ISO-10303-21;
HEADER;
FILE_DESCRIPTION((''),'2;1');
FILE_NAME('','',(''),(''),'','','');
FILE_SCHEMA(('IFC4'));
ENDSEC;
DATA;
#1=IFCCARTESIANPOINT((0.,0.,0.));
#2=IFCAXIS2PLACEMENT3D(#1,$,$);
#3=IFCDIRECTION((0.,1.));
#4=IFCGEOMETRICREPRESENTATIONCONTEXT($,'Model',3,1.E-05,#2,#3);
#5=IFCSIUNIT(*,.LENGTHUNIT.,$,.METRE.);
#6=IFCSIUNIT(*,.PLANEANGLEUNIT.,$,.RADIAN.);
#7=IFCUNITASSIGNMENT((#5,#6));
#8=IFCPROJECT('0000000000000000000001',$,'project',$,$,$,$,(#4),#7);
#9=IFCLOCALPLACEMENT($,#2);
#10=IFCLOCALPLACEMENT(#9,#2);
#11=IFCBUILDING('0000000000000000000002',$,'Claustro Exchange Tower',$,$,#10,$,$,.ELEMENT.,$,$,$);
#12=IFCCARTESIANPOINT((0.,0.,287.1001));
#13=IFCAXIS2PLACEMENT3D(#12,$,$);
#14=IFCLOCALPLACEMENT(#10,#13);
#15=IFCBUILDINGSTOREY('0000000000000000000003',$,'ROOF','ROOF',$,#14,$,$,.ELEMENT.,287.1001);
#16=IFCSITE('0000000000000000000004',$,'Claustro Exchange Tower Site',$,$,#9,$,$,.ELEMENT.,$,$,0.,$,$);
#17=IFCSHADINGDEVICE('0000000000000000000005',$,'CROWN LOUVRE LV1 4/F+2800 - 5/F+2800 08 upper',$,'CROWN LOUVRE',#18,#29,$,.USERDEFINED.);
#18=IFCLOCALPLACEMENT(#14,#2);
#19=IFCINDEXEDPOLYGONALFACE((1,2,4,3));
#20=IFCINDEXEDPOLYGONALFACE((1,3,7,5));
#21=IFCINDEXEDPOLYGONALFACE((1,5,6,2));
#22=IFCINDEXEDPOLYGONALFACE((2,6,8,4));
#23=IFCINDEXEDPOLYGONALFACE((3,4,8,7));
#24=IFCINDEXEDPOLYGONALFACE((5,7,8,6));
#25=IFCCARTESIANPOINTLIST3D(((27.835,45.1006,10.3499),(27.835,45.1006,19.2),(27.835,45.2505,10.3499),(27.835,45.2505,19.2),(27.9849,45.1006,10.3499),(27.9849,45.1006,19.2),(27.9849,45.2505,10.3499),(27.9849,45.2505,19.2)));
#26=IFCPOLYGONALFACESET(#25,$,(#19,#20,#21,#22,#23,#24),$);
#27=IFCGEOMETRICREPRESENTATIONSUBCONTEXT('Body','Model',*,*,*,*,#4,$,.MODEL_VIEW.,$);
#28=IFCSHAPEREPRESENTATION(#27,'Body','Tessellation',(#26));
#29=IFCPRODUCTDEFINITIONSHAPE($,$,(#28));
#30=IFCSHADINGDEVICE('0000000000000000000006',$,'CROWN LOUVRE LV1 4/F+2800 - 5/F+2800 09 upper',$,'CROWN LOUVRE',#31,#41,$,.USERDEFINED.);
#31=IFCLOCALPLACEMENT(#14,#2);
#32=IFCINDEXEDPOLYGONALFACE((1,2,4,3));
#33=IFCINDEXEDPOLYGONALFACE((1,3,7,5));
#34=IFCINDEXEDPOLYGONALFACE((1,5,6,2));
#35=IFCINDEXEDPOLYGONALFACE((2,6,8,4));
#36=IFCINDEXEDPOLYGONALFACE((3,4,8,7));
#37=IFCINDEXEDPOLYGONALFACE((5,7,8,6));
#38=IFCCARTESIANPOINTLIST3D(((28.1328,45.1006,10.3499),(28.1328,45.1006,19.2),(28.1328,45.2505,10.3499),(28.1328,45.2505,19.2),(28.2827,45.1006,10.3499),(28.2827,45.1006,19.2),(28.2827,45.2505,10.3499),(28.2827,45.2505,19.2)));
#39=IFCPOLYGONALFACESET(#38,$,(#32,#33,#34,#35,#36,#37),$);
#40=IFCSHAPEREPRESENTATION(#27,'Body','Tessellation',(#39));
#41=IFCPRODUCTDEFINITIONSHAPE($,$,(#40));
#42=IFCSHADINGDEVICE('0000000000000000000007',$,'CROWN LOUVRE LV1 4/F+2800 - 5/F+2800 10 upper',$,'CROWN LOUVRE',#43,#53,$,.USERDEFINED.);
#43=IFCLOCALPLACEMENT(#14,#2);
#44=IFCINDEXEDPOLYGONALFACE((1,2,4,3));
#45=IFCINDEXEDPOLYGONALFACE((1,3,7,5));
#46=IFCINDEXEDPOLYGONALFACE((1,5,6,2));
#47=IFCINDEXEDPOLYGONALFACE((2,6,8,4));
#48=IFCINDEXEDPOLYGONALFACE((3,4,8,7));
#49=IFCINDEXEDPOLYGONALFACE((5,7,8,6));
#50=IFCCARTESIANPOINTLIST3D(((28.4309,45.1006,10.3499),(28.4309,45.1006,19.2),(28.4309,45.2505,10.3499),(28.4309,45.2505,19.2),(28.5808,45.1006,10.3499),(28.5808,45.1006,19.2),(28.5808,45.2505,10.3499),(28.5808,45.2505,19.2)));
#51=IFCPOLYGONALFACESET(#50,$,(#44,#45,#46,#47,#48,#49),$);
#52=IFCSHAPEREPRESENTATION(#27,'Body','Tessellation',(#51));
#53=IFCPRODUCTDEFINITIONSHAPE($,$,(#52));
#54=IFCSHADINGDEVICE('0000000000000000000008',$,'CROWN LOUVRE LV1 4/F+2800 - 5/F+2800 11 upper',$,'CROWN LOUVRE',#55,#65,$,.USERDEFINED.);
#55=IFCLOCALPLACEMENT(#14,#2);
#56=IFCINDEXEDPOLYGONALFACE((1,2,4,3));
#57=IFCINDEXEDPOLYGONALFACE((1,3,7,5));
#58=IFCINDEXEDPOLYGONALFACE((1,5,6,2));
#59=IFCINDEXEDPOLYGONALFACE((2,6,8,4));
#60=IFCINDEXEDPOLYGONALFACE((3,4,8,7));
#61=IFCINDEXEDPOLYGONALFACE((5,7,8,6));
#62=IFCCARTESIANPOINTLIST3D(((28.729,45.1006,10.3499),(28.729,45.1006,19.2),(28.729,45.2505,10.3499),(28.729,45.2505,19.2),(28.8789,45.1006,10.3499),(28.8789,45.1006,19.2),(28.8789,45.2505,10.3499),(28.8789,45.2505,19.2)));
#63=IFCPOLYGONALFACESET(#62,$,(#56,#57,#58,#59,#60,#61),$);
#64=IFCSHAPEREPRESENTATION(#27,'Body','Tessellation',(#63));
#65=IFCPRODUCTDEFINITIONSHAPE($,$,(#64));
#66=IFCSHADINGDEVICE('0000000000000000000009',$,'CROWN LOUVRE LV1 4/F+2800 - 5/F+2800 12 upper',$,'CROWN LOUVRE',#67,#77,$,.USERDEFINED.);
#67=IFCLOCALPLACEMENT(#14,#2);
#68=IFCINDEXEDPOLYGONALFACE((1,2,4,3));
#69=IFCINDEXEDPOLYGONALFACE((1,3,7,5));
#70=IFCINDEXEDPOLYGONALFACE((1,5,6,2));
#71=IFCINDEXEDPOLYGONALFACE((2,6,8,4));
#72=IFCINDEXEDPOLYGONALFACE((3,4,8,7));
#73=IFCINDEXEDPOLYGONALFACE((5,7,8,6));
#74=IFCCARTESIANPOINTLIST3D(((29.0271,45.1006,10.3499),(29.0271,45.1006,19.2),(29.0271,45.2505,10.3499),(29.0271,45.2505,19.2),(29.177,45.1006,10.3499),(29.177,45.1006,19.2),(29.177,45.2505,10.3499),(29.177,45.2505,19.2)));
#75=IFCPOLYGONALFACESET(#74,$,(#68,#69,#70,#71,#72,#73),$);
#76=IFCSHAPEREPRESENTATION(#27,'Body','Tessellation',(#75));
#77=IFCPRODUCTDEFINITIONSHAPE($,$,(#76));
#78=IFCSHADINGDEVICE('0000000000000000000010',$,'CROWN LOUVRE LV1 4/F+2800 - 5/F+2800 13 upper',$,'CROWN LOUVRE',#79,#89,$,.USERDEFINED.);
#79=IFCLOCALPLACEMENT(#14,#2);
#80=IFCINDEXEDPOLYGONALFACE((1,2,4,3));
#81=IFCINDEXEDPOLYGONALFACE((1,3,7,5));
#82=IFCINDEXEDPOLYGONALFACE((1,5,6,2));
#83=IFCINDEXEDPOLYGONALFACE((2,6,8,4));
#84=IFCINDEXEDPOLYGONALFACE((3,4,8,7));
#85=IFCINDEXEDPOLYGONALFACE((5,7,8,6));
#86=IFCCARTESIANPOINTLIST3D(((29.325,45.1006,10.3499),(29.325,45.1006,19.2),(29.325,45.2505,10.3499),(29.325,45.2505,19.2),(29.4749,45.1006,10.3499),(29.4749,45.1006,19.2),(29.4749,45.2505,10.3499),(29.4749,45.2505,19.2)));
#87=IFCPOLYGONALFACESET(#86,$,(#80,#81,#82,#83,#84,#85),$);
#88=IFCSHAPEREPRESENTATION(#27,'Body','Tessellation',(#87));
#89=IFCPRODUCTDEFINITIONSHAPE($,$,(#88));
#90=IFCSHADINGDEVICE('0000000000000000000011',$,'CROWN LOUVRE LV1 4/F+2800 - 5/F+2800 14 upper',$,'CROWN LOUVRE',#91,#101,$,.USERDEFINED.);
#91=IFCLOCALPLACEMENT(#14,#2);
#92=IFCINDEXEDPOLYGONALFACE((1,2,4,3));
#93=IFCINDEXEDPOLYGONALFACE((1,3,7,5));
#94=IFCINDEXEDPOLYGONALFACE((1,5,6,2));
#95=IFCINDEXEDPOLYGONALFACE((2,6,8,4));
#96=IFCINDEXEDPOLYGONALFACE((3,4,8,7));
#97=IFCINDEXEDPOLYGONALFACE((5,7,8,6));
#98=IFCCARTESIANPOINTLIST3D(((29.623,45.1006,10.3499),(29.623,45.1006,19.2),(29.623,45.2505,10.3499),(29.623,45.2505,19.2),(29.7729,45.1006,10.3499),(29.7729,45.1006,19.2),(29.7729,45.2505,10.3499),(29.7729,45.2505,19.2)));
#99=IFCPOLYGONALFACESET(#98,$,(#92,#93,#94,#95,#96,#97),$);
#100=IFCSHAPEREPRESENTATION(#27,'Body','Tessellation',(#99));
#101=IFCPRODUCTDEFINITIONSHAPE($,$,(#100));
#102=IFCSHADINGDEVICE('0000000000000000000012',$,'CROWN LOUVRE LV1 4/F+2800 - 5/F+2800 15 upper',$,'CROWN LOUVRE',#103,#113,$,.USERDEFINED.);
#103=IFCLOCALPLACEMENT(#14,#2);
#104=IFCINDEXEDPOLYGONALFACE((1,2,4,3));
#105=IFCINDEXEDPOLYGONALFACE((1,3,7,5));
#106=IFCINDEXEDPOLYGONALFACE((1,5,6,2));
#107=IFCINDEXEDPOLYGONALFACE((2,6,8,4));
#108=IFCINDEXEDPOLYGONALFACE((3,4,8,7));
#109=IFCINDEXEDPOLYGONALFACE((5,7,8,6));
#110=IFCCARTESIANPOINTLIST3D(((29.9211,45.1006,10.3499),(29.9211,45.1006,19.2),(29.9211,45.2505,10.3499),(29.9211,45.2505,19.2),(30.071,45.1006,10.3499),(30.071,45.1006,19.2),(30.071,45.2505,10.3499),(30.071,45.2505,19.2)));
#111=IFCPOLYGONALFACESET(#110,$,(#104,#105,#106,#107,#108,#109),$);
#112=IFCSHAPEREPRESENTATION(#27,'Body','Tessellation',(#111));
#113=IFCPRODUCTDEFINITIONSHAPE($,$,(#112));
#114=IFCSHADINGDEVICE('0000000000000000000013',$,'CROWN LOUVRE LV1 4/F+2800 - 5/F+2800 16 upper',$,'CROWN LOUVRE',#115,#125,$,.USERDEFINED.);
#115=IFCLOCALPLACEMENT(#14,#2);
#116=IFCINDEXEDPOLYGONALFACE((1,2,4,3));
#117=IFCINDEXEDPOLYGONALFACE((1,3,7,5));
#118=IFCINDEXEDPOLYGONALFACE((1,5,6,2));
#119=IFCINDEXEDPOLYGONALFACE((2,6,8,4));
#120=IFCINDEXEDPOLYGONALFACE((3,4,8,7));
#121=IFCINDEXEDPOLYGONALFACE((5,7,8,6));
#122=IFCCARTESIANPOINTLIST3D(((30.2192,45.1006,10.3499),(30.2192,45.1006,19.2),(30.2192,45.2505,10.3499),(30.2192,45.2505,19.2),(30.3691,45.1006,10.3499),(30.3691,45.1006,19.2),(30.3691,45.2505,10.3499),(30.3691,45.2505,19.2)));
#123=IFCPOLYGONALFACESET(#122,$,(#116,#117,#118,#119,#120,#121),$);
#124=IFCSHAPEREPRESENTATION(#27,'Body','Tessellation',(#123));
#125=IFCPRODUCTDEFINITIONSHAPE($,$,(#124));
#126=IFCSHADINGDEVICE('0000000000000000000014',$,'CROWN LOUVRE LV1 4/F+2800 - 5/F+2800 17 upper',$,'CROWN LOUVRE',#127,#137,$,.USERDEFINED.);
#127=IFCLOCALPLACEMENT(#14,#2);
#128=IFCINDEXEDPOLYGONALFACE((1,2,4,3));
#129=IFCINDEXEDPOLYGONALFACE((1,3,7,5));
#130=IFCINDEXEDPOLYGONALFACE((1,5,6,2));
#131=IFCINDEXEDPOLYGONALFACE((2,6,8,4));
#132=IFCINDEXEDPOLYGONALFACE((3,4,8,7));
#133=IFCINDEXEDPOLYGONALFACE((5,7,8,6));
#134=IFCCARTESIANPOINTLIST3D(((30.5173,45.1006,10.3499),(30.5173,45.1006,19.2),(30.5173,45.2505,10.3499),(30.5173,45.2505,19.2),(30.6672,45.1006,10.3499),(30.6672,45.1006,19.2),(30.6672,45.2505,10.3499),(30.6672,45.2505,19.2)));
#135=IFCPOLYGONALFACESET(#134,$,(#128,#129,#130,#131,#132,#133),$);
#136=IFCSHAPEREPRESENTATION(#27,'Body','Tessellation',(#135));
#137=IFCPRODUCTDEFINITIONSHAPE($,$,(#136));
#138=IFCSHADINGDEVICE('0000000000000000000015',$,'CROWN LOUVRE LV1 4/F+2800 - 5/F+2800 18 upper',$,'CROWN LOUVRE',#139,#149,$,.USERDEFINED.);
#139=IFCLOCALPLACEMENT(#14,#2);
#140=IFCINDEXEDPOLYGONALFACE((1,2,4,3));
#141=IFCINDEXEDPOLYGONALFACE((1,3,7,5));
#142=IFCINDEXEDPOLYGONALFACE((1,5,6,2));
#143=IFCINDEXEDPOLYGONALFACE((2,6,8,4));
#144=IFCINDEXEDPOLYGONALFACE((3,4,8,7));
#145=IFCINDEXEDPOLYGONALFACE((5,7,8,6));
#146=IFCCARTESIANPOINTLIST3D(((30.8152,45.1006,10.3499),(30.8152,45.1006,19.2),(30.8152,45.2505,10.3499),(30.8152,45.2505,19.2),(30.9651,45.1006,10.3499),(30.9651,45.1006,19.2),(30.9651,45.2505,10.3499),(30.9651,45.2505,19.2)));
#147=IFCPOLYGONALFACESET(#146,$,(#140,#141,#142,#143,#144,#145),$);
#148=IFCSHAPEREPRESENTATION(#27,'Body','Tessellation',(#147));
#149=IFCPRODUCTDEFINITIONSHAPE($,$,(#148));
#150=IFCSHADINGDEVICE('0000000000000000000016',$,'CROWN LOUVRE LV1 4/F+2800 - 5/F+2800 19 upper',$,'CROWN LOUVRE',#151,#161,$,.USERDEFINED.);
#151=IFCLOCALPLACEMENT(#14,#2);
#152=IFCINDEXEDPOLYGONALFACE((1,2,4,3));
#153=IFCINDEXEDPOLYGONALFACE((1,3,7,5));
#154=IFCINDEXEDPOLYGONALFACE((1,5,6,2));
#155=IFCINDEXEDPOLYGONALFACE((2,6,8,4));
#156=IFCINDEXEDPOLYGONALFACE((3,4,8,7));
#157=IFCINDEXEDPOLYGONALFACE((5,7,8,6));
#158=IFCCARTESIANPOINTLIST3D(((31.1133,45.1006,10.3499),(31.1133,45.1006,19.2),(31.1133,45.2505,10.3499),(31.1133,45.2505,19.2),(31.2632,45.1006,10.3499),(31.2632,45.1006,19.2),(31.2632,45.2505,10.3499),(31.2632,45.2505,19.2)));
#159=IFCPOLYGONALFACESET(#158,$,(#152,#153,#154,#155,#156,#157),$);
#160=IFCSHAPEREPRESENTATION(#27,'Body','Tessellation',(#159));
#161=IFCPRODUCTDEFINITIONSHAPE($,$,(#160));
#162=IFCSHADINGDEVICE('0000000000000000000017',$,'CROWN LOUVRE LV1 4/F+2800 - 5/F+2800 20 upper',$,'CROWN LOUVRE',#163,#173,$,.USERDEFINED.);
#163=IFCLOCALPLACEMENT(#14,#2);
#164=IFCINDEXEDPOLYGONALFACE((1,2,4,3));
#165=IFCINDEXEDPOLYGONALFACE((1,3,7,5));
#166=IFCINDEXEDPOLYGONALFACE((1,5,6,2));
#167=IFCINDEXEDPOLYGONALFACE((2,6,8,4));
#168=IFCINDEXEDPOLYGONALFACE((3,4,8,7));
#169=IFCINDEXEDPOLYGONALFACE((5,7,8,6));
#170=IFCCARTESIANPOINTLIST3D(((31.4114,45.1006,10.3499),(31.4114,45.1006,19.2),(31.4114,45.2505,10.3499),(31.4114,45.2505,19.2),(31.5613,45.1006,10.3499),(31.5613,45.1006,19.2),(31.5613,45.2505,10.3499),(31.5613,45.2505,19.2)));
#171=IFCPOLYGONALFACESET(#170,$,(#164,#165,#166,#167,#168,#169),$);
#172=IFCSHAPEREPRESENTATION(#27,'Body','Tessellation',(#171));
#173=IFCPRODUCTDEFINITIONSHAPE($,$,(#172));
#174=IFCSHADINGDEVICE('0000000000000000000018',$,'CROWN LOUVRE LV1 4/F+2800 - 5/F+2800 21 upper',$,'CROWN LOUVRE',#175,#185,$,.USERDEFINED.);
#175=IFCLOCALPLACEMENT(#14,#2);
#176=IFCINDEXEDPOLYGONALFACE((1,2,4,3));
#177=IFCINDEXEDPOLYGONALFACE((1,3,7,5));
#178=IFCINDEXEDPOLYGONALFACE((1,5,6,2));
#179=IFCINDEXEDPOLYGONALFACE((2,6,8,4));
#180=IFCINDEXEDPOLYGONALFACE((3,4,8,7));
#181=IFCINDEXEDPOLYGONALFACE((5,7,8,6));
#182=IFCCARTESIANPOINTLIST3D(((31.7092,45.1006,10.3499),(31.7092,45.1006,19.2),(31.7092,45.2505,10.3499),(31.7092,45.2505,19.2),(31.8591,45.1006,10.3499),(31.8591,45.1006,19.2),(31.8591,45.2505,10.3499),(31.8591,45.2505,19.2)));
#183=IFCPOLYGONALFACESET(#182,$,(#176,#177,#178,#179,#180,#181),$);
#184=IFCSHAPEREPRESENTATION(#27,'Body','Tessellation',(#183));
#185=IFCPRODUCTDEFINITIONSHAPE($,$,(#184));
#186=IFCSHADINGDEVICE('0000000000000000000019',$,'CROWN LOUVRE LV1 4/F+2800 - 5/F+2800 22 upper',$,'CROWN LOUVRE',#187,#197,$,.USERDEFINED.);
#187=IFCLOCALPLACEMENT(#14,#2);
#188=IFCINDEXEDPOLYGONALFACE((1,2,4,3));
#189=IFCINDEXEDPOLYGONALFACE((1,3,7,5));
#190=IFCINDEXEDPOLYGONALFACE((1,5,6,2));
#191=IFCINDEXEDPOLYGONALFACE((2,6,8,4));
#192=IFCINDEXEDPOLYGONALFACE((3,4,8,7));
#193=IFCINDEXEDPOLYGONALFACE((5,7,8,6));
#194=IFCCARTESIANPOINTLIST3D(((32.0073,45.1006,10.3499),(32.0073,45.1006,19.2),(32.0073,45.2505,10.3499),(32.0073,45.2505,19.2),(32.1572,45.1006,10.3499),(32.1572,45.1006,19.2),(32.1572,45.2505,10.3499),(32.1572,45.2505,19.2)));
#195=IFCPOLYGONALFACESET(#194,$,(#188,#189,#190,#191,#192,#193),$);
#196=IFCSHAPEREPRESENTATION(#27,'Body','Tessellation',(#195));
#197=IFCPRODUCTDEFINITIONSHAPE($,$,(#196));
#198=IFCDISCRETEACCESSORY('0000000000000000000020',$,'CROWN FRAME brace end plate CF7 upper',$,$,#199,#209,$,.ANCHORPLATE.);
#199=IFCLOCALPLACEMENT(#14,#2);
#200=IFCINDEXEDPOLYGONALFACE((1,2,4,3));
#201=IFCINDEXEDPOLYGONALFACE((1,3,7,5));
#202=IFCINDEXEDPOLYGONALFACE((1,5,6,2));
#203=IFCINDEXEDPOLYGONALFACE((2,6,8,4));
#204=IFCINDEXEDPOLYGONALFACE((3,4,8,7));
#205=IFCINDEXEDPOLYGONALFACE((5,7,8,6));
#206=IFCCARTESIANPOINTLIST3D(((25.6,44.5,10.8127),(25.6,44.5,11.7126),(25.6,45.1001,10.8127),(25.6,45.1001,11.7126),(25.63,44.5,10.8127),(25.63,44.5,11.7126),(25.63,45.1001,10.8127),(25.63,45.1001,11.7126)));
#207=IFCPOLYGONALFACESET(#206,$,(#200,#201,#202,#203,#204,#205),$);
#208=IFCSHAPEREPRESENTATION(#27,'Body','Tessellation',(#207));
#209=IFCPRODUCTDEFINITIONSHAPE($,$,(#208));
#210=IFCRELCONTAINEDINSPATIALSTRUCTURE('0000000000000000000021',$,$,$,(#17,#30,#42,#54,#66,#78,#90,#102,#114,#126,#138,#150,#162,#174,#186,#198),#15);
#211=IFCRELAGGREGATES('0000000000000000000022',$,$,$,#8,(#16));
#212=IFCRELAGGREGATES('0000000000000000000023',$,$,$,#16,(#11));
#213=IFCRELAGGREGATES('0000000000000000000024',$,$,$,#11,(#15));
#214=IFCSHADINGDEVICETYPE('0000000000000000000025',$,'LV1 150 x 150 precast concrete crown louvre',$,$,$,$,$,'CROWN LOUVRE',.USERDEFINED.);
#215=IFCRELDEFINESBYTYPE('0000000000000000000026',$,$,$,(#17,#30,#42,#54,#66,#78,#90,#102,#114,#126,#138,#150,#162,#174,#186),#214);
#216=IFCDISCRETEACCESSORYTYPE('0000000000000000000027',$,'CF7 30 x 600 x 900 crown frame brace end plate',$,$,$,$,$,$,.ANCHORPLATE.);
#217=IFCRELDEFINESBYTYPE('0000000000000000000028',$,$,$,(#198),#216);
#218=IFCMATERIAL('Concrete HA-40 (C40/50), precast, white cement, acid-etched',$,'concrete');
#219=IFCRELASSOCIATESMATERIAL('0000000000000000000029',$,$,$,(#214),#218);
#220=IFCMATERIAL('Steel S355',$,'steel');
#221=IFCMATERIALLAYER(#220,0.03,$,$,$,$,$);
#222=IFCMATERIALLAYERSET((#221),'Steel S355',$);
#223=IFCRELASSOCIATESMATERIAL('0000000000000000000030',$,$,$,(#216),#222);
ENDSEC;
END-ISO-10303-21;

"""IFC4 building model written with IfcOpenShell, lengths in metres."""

from ifc_helpers import new_model, si_unit, direction, frame, origin, origin_2d, place, context, subcontext, project, spatial, rectangle, extrude, material, layer, layer_set, type_object, element, save


model = new_model("IFC4")

# Units and contexts
model_context = context("Model", 3, precision=1e-05, world=origin(), true_north=direction((0.0, 1.0)))
body_context = subcontext(model_context, "Body", "Model", "MODEL_VIEW")
ifc_project = project(units=[si_unit("LENGTHUNIT", "METRE"), si_unit("PLANEANGLEUNIT", "RADIAN")], contexts=[model_context])

# Site, building, storey
site_placement = place(None, origin())
site = spatial("IfcSite", under=ifc_project, at=site_placement, Name="Claustro Exchange Tower Site", CompositionType="ELEMENT", RefElevation=0.0)
building_placement = place(site_placement, origin())
building = spatial("IfcBuilding", under=site, at=building_placement, Name="Claustro Exchange Tower", CompositionType="ELEMENT")
storey_placement = place(building_placement, frame((0.0, 0.0, 287.1001)))
storey = spatial("IfcBuildingStorey", under=building, at=storey_placement, Name="ROOF", Description="ROOF", CompositionType="ELEMENT", Elevation=287.1001)

# Shading devices
ifc_material_1 = material(Name="Concrete HA-40 (C40/50), precast, white cement, acid-etched", Category="concrete")
shading_device_type = type_object("IfcShadingDeviceType", Name="LV1 150 x 150 precast concrete crown louvre", ElementType="CROWN LOUVRE", PredefinedType="USERDEFINED", material=ifc_material_1)
for number, where, z_axis, x_axis, name in (
    (1, (27.9099, 45.1755, 10.3499), (0.0, 0.0, 1.0), (1.0, 0.0, 0.0), "CROWN LOUVRE LV1 4/F+2800 - 5/F+2800 08 upper"),
    (2, (28.2078, 45.1755, 10.3499), (0.0, 0.0, 1.0), (1.0, 0.0, 0.0), "CROWN LOUVRE LV1 4/F+2800 - 5/F+2800 09 upper"),
    (3, (28.5059, 45.1755, 10.3499), (0.0, 0.0, 1.0), (1.0, 0.0, 0.0), "CROWN LOUVRE LV1 4/F+2800 - 5/F+2800 10 upper"),
    (4, (28.804, 45.1755, 10.3499), (0.0, 0.0, 1.0), (1.0, 0.0, 0.0), "CROWN LOUVRE LV1 4/F+2800 - 5/F+2800 11 upper"),
    (5, (29.1021, 45.1755, 10.3499), (0.0, 0.0, 1.0), (1.0, 0.0, 0.0), "CROWN LOUVRE LV1 4/F+2800 - 5/F+2800 12 upper"),
    (6, (29.3999, 45.1755, 10.3499), (0.0, 0.0, 1.0), (1.0, 0.0, 0.0), "CROWN LOUVRE LV1 4/F+2800 - 5/F+2800 13 upper"),
    (7, (29.698, 45.1755, 10.3499), (0.0, 0.0, 1.0), (1.0, 0.0, 0.0), "CROWN LOUVRE LV1 4/F+2800 - 5/F+2800 14 upper"),
    (8, (29.9961, 45.1755, 10.3499), (0.0, 0.0, 1.0), (1.0, 0.0, 0.0), "CROWN LOUVRE LV1 4/F+2800 - 5/F+2800 15 upper"),
    (9, (30.2942, 45.1755, 10.3499), (0.0, 0.0, 1.0), (1.0, 0.0, 0.0), "CROWN LOUVRE LV1 4/F+2800 - 5/F+2800 16 upper"),
    (10, (30.5923, 45.1755, 10.3499), (0.0, 0.0, 1.0), (1.0, 0.0, 0.0), "CROWN LOUVRE LV1 4/F+2800 - 5/F+2800 17 upper"),
    (11, (30.8901, 45.1755, 10.3499), (0.0, 0.0, 1.0), (1.0, 0.0, 0.0), "CROWN LOUVRE LV1 4/F+2800 - 5/F+2800 18 upper"),
    (12, (31.1882, 45.1755, 10.3499), (0.0, 0.0, 1.0), (1.0, 0.0, 0.0), "CROWN LOUVRE LV1 4/F+2800 - 5/F+2800 19 upper"),
    (13, (31.4863, 45.1755, 10.3499), (0.0, 0.0, 1.0), (1.0, 0.0, 0.0), "CROWN LOUVRE LV1 4/F+2800 - 5/F+2800 20 upper"),
    (14, (31.7842, 45.1755, 10.3499), (0.0, 0.0, 1.0), (1.0, 0.0, 0.0), "CROWN LOUVRE LV1 4/F+2800 - 5/F+2800 21 upper"),
    (15, (32.0823, 45.1755, 10.3499), (0.0, 0.0, 1.0), (1.0, 0.0, 0.0), "CROWN LOUVRE LV1 4/F+2800 - 5/F+2800 22 upper"),
):
    element("IfcShadingDevice", number, at=place(storey_placement, frame(where, z_axis=z_axis, x_axis=x_axis)), inside=storey, type_object=shading_device_type, Name=name, ObjectType="CROWN LOUVRE", PredefinedType="USERDEFINED", context=body_context, shape_type="SweptSolid", body=[
        extrude(rectangle(XDim=0.1499, YDim=0.1499, at=origin_2d()), origin(), (0.0, 0.0, 1.0), 8.8501),
    ])

# Discrete accessory
ifc_material_2 = material(Name="Steel S355", Category="steel")
ifc_layer_1 = layer(ifc_material_2, 0.03)
ifc_layer_set_1 = layer_set([ifc_layer_1], Name="Steel S355")
discrete_accessory_type = type_object("IfcDiscreteAccessoryType", Name="CF7 30 x 600 x 900 crown frame brace end plate", PredefinedType="ANCHORPLATE", material=ifc_layer_set_1)
discrete_accessory_placement = place(storey_placement, frame((25.615, 44.8, 10.8127), z_axis=(0.0, 0.0, 1.0), x_axis=(1.0, 0.0, 0.0)))
element("IfcDiscreteAccessory", 16, at=discrete_accessory_placement, inside=storey, type_object=discrete_accessory_type, Name="CROWN FRAME brace end plate CF7 upper", PredefinedType="ANCHORPLATE", context=body_context, shape_type="SweptSolid", body=[
    extrude(rectangle(XDim=0.03, YDim=0.6001, at=origin_2d()), origin(), (0.0, 0.0, 1.0), 0.8999),
])

save(model, "model.ifc")
